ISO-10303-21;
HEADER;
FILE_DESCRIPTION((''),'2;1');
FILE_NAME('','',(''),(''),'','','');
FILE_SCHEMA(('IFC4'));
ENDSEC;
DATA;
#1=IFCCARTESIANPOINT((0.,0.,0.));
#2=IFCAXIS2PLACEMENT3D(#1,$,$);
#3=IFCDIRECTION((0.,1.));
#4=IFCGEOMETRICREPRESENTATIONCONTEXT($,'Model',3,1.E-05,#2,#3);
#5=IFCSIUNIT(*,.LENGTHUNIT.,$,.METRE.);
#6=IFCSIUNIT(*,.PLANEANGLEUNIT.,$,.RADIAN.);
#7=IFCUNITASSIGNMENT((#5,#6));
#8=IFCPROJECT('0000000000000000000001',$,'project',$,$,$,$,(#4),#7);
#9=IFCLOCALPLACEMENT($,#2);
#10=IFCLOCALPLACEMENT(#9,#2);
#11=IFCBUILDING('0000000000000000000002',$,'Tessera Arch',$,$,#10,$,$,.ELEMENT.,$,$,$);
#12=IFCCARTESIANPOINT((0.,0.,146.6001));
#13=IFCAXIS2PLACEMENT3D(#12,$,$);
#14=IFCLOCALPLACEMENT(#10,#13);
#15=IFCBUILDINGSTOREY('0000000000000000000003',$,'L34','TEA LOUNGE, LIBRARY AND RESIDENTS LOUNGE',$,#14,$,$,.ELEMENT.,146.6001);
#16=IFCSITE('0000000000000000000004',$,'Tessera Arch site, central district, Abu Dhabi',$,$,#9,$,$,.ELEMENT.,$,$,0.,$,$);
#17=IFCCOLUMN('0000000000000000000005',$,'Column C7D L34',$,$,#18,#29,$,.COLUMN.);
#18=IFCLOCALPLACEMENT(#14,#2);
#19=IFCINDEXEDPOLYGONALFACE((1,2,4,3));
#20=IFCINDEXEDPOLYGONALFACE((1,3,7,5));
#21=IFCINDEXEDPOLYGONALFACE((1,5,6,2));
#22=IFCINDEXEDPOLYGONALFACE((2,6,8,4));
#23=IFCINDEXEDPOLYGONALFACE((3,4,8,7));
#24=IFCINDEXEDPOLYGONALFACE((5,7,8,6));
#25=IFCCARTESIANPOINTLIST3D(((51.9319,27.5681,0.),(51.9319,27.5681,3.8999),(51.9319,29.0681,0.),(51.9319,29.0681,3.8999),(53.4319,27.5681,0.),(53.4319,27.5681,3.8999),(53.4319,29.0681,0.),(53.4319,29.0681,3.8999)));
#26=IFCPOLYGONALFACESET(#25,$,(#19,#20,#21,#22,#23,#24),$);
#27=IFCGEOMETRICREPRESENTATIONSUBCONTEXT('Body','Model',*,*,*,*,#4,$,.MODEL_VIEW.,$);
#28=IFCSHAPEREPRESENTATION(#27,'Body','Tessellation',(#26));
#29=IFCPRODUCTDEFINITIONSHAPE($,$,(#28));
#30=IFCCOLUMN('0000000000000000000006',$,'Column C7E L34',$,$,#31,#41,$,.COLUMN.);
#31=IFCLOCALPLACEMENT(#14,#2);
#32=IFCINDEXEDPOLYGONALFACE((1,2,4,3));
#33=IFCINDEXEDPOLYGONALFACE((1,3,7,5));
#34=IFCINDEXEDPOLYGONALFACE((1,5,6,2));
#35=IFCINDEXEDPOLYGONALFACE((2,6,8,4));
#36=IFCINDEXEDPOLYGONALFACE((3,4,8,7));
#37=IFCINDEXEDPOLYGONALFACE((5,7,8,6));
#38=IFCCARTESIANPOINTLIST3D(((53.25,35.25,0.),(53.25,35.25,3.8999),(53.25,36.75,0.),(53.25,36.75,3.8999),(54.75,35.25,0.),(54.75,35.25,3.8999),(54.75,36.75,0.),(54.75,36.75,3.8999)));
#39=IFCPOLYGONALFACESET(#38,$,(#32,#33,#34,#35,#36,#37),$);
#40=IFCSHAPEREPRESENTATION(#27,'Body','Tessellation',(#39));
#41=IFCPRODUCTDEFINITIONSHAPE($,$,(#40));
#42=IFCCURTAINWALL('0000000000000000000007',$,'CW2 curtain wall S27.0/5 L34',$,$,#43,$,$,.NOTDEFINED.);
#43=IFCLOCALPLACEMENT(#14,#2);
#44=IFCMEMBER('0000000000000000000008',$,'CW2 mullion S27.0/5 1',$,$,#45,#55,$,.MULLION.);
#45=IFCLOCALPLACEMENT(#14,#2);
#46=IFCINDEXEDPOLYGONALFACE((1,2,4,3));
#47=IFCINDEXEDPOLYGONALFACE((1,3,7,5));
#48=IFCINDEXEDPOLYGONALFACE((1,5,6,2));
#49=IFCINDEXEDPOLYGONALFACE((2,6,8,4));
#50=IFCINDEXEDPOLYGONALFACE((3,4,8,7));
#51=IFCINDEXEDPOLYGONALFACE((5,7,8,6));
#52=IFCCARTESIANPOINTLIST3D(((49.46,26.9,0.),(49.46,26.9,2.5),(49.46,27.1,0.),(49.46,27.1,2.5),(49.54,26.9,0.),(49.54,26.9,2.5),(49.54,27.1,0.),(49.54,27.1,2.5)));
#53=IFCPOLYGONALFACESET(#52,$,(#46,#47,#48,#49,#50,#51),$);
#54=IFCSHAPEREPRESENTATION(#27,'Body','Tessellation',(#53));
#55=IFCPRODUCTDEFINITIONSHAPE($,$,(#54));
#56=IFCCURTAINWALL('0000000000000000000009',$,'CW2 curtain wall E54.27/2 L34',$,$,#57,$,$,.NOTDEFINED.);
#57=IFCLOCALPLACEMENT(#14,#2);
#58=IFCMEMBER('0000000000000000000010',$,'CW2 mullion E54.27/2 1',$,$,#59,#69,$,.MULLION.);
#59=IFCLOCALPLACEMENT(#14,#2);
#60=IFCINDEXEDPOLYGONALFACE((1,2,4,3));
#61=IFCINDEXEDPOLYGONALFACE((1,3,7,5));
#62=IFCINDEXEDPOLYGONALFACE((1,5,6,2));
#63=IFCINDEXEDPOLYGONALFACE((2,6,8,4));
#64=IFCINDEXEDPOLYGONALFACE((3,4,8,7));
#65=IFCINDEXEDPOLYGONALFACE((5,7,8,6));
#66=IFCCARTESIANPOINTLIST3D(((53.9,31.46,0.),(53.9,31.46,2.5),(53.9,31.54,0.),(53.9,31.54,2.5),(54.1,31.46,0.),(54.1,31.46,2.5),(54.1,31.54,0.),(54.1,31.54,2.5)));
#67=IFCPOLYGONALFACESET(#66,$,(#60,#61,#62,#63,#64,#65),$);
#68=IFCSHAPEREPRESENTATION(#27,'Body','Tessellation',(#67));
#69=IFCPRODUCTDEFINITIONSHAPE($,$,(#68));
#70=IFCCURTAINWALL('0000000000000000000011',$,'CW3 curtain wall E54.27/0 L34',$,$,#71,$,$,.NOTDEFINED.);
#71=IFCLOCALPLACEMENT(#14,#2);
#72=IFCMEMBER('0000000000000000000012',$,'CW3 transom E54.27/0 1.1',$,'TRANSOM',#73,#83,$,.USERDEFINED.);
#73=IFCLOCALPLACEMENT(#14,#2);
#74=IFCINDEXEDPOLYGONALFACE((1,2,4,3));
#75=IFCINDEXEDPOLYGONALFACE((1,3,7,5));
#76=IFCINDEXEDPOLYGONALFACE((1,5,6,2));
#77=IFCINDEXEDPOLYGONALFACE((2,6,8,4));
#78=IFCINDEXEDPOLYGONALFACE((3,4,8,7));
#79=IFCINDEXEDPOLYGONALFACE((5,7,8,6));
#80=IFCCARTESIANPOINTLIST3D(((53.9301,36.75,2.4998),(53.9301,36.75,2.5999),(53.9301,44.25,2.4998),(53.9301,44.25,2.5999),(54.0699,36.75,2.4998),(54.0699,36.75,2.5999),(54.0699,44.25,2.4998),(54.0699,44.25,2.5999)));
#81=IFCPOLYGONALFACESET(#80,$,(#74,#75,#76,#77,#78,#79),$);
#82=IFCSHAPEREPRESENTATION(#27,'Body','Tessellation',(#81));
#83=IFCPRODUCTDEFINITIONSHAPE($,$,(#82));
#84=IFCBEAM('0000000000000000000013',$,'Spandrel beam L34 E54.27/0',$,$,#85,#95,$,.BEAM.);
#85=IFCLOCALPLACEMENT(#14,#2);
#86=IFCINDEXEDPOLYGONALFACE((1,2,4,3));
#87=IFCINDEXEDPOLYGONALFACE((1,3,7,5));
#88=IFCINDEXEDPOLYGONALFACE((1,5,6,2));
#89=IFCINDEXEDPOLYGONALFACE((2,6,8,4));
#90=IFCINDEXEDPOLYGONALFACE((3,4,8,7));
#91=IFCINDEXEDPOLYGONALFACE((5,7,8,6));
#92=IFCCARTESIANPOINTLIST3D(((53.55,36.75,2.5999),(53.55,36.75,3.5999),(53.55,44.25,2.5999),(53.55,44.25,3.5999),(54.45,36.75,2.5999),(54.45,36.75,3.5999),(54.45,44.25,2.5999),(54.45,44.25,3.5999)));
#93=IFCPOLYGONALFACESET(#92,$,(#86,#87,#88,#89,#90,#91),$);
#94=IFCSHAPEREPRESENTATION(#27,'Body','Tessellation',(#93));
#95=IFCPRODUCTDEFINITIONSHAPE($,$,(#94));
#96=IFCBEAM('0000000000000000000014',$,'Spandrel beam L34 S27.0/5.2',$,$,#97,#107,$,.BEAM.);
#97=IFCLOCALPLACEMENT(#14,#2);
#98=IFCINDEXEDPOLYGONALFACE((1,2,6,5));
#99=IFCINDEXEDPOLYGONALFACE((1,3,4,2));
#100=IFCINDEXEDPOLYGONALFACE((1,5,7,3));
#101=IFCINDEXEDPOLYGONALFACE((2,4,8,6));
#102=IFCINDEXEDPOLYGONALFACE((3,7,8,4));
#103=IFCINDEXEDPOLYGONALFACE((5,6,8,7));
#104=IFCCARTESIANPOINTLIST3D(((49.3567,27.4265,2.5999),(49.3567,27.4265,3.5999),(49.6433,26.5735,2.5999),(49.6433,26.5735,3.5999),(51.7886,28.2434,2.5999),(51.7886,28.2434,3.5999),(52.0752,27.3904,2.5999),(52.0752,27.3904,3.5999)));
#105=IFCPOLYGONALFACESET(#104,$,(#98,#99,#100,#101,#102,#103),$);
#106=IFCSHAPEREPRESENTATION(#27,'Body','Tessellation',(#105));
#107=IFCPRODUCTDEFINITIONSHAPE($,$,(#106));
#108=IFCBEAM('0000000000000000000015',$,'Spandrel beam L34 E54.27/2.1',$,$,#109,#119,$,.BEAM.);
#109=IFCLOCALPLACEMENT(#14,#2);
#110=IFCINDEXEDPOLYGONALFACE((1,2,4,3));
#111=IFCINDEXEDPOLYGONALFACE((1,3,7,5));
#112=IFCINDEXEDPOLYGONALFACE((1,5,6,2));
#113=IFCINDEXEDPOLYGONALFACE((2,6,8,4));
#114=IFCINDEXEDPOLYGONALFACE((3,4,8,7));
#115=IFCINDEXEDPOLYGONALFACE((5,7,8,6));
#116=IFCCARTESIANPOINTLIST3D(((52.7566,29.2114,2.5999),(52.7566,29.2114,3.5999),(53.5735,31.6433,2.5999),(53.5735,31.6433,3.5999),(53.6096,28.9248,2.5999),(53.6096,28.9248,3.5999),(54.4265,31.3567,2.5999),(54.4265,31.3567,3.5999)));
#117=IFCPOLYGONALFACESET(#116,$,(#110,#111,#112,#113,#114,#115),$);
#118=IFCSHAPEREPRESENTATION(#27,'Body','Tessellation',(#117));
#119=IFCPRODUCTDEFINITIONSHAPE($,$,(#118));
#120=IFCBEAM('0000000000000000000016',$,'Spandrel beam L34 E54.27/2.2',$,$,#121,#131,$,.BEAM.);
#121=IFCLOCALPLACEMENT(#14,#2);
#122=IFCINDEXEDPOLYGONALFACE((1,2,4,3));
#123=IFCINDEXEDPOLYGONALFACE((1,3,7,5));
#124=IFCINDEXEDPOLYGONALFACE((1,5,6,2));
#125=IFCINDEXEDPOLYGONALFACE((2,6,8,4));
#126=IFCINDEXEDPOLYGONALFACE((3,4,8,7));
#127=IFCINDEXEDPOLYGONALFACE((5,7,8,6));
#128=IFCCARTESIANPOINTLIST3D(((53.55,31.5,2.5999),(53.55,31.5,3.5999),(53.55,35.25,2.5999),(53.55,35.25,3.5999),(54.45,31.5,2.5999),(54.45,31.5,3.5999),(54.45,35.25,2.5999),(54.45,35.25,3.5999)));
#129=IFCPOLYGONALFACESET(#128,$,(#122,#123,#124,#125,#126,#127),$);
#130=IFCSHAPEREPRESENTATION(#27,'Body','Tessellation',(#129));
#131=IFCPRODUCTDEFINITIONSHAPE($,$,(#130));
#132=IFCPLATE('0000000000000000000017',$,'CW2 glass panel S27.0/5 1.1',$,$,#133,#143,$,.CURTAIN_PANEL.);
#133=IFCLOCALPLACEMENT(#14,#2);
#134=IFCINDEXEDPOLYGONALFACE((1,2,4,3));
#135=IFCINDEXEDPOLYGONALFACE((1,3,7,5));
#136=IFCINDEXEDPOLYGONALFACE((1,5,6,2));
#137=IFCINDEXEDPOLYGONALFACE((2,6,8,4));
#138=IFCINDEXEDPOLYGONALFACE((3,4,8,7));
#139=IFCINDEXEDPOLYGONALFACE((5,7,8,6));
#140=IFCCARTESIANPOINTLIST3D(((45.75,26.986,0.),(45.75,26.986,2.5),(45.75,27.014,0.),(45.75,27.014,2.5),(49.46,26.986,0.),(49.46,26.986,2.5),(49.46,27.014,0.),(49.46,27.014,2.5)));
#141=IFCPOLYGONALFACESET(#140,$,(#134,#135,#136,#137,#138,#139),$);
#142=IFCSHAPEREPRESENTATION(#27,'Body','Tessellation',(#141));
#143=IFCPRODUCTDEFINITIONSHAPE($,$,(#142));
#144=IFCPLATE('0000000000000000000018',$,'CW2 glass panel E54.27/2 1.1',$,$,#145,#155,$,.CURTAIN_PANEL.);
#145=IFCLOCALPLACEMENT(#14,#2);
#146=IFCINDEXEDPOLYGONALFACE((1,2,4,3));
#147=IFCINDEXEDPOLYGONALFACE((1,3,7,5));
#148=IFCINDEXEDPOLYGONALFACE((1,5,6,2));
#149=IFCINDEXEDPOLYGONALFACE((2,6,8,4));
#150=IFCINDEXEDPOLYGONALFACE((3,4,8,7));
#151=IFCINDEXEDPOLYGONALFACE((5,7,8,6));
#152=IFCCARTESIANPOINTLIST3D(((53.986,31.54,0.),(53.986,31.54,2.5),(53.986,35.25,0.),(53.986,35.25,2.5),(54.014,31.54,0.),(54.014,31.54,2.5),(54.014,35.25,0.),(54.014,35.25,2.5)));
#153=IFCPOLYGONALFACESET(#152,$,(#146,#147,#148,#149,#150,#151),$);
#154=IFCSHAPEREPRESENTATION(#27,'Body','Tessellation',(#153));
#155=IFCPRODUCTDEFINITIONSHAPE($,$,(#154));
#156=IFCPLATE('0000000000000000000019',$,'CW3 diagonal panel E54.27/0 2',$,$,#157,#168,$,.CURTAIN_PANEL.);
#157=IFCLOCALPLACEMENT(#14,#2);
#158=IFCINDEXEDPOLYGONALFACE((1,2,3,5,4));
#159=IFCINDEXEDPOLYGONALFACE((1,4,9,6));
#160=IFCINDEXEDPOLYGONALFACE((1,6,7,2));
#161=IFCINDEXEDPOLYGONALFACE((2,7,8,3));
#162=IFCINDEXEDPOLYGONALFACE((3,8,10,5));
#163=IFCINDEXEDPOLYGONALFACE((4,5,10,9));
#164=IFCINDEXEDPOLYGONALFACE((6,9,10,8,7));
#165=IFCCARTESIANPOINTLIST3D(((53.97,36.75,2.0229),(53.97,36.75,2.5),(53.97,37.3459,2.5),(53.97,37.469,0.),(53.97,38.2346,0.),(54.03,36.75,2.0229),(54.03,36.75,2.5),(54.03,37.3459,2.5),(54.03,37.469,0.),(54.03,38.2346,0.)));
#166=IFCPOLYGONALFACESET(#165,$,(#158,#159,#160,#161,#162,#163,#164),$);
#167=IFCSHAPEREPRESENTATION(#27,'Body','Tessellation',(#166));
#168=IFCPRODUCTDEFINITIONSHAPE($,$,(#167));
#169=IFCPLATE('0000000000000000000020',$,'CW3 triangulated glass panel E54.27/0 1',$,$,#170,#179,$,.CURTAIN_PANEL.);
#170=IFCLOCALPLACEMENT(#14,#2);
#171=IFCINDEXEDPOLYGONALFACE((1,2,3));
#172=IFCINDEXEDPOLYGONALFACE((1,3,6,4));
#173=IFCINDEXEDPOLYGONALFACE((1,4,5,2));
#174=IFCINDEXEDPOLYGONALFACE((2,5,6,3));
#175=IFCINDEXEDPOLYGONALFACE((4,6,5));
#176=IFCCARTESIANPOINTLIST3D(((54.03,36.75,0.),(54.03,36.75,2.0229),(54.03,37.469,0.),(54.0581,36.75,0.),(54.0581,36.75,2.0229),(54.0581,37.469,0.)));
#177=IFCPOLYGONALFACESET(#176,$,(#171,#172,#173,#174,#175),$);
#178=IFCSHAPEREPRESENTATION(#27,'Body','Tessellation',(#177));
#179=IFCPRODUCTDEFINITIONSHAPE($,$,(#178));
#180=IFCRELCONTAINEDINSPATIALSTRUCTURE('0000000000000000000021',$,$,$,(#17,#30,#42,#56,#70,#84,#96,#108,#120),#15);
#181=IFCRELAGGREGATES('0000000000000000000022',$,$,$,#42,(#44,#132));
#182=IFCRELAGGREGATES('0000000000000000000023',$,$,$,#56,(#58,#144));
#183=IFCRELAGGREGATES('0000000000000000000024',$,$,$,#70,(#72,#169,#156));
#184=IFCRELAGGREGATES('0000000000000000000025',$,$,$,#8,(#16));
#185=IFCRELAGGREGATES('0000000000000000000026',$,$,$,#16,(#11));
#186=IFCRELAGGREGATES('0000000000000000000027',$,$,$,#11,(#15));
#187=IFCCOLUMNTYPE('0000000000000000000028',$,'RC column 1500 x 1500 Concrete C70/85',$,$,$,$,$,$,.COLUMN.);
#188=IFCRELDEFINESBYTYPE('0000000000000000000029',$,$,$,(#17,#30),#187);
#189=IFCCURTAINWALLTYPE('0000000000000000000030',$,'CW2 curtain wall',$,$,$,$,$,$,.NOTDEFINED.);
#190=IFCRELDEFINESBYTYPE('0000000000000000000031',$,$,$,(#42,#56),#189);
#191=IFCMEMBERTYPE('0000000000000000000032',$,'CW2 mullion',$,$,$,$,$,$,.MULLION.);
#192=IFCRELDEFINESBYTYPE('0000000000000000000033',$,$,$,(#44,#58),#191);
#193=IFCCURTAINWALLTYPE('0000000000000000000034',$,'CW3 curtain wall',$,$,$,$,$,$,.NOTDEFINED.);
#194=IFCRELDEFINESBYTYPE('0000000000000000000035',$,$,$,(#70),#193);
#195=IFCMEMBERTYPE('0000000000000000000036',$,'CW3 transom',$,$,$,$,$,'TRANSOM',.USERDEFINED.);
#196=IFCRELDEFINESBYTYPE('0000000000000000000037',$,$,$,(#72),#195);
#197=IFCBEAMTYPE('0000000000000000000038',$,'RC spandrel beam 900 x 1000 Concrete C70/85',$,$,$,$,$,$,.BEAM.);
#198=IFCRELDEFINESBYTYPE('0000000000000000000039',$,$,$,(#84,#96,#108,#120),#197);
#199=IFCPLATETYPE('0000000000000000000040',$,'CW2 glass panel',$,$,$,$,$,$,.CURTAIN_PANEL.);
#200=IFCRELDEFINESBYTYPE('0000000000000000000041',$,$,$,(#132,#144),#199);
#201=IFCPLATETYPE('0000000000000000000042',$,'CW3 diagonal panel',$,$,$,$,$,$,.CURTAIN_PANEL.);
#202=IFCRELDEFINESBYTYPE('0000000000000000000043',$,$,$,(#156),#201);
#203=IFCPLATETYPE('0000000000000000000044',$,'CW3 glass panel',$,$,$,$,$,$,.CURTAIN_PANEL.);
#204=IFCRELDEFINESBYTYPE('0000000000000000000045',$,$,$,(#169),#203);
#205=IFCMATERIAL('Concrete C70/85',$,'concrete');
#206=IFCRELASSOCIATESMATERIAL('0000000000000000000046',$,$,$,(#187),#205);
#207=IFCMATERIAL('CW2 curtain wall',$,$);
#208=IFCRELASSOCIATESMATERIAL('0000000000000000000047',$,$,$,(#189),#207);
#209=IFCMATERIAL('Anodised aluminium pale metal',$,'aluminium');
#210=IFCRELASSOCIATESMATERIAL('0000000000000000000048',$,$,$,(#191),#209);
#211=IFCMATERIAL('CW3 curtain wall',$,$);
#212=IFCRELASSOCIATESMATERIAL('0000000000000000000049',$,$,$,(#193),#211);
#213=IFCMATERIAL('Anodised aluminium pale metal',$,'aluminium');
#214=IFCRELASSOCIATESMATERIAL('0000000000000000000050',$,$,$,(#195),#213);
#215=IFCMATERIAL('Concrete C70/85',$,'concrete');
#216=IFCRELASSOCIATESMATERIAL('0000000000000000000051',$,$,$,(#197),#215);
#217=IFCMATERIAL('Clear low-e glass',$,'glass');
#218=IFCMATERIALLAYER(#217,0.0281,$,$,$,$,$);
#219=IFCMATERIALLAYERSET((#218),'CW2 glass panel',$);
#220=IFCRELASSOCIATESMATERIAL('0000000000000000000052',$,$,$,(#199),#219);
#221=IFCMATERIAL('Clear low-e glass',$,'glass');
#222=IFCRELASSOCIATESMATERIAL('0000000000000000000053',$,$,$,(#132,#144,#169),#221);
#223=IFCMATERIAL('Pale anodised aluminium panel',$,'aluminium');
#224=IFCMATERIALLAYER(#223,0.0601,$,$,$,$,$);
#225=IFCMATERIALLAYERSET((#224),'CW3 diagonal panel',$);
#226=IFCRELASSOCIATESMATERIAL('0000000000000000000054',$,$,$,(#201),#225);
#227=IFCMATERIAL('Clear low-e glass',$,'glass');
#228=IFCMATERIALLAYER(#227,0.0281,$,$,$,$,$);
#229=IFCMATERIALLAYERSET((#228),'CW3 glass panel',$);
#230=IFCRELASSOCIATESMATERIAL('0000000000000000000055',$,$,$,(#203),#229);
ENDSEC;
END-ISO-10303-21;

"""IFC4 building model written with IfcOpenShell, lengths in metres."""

from ifc_helpers import new_model, si_unit, direction, frame, origin, origin_2d, place, context, subcontext, project, spatial, polyline, rectangle, outline, extrude, material, layer, layer_set, material_profile, profile_set, type_object, element, aggregate, save


model = new_model("IFC4")

# Units and contexts
model_context = context("Model", 3, precision=1e-05, world=origin(), true_north=direction((0.0, 1.0)))
body_context = subcontext(model_context, "Body", "Model", "MODEL_VIEW")
ifc_project = project(units=[si_unit("LENGTHUNIT", "METRE"), si_unit("PLANEANGLEUNIT", "RADIAN")], contexts=[model_context])

# Site, building, storey
site_placement = place(None, origin())
site = spatial("IfcSite", under=ifc_project, at=site_placement, Name="Tessera Arch site, central district, Abu Dhabi", CompositionType="ELEMENT", RefElevation=0.0)
building_placement = place(site_placement, origin())
building = spatial("IfcBuilding", under=site, at=building_placement, Name="Tessera Arch", CompositionType="ELEMENT")
storey_placement = place(building_placement, frame((0.0, 0.0, 146.6001)))
storey = spatial("IfcBuildingStorey", under=building, at=storey_placement, Name="L34", Description="TEA LOUNGE, LIBRARY AND RESIDENTS LOUNGE", CompositionType="ELEMENT", Elevation=146.6001)

# Columns
ifc_material_1 = material(Name="Concrete C70/85", Category="concrete")
ifc_material_profile_1 = material_profile(ifc_material_1, rectangle(XDim=1.5, YDim=1.5, at=origin_2d()), Name="RC column 1500 x 1500 Concrete C70/85")
ifc_profile_set_1 = profile_set([ifc_material_profile_1], Name="Concrete C70/85")
column_type = type_object("IfcColumnType", Name="RC column 1500 x 1500 Concrete C70/85", PredefinedType="COLUMN", material=ifc_profile_set_1)
for number, where, z_axis, x_axis, name in (
    (1, (52.6819, 28.3181, 0.0), (0.0, 0.0, 1.0), (1.0, 0.0, 0.0), "Column C7D L34"),
    (2, (54.0, 36.0, 0.0), (0.0, 0.0, 1.0), (1.0, 0.0, 0.0), "Column C7E L34"),
):
    element("IfcColumn", number, at=place(storey_placement, frame(where, z_axis=z_axis, x_axis=x_axis)), inside=storey, type_object=column_type, Name=name, PredefinedType="COLUMN", context=body_context, shape_type="SweptSolid", body=[
        extrude(rectangle(XDim=1.5, YDim=1.5, at=origin_2d()), origin(), (0.0, 0.0, 1.0), 3.8999),
    ])

# Curtain walls, members
ifc_material_2 = material(Name="CW2 curtain wall")
curtain_wall_type_1 = type_object("IfcCurtainWallType", Name="CW2 curtain wall", PredefinedType="NOTDEFINED", material=ifc_material_2)
curtain_wall_1_placement = place(storey_placement, origin())
curtain_wall_1 = element("IfcCurtainWall", 3, at=curtain_wall_1_placement, inside=storey, type_object=curtain_wall_type_1, Name="CW2 curtain wall S27.0/5 L34", PredefinedType="NOTDEFINED")
ifc_material_3 = material(Name="Anodised aluminium pale metal", Category="aluminium")
ifc_material_profile_2 = material_profile(ifc_material_3, rectangle(XDim=0.2, YDim=0.0801, at=origin_2d()), Name="AL 80x200")
ifc_profile_set_2 = profile_set([ifc_material_profile_2], Name="Anodised aluminium pale metal")
member_type_1 = type_object("IfcMemberType", Name="CW2 mullion", PredefinedType="MULLION", material=ifc_profile_set_2)
member_1_placement = place(storey_placement, frame((49.5, 27.0, 0.0), z_axis=(0.0, 0.0, 1.0), x_axis=(0.0, 1.0, 0.0)))
member_1 = element("IfcMember", 4, at=member_1_placement, type_object=member_type_1, Name="CW2 mullion S27.0/5 1", PredefinedType="MULLION", context=body_context, shape_type="SweptSolid", body=[
    extrude(rectangle(XDim=0.2, YDim=0.0801, at=origin_2d()), origin(), (0.0, 0.0, 1.0), 2.5),
])
curtain_wall_2_placement = place(storey_placement, origin())
curtain_wall_2 = element("IfcCurtainWall", 5, at=curtain_wall_2_placement, inside=storey, type_object=curtain_wall_type_1, Name="CW2 curtain wall E54.27/2 L34", PredefinedType="NOTDEFINED")
member_2_placement = place(storey_placement, frame((54.0, 31.5, 0.0), z_axis=(0.0, 0.0, 1.0), x_axis=(-1.0, 0.0, 0.0)))
member_2 = element("IfcMember", 6, at=member_2_placement, type_object=member_type_1, Name="CW2 mullion E54.27/2 1", PredefinedType="MULLION", context=body_context, shape_type="SweptSolid", body=[
    extrude(rectangle(XDim=0.2, YDim=0.0801, at=origin_2d()), origin(), (0.0, 0.0, 1.0), 2.5),
])
ifc_material_4 = material(Name="CW3 curtain wall")
curtain_wall_type_2 = type_object("IfcCurtainWallType", Name="CW3 curtain wall", PredefinedType="NOTDEFINED", material=ifc_material_4)
curtain_wall_3_placement = place(storey_placement, origin())
curtain_wall_3 = element("IfcCurtainWall", 7, at=curtain_wall_3_placement, inside=storey, type_object=curtain_wall_type_2, Name="CW3 curtain wall E54.27/0 L34", PredefinedType="NOTDEFINED")
ifc_material_5 = material(Name="Anodised aluminium pale metal", Category="aluminium")
ifc_material_profile_3 = material_profile(ifc_material_5, rectangle(XDim=0.1399, YDim=0.1001, at=origin_2d()), Name="AL 140x100")
ifc_profile_set_3 = profile_set([ifc_material_profile_3], Name="Anodised aluminium pale metal")
member_type_2 = type_object("IfcMemberType", Name="CW3 transom", ElementType="TRANSOM", PredefinedType="USERDEFINED", material=ifc_profile_set_3)
member_3_placement = place(storey_placement, frame((54.0, 36.75, 2.5498), z_axis=(0.0, 1.0, 0.0), x_axis=(-1.0, 0.0, 0.0)))
member_3 = element("IfcMember", 8, at=member_3_placement, type_object=member_type_2, Name="CW3 transom E54.27/0 1.1", ObjectType="TRANSOM", PredefinedType="USERDEFINED", context=body_context, shape_type="SweptSolid", body=[
    extrude(rectangle(XDim=0.1399, YDim=0.1001, at=origin_2d()), origin(), (0.0, 0.0, 1.0), 7.5),
])

# Beams
ifc_material_6 = material(Name="Concrete C70/85", Category="concrete")
ifc_material_profile_4 = material_profile(ifc_material_6, rectangle(XDim=0.8999, YDim=1.0, at=origin_2d()), Name="RC spandrel beam 900 x 1000 Concrete C70/85")
ifc_profile_set_4 = profile_set([ifc_material_profile_4], Name="Concrete C70/85")
beam_type = type_object("IfcBeamType", Name="RC spandrel beam 900 x 1000 Concrete C70/85", PredefinedType="BEAM", material=ifc_profile_set_4)
beam_1_placement = place(storey_placement, frame((54.0, 36.75, 3.0999), z_axis=(0.0, 1.0, 0.0), x_axis=(-1.0, 0.0, 0.0)))
element("IfcBeam", 9, at=beam_1_placement, inside=storey, type_object=beam_type, Name="Spandrel beam L34 E54.27/0", PredefinedType="BEAM", context=body_context, shape_type="SweptSolid", body=[
    extrude(rectangle(XDim=0.8999, YDim=1.0, at=origin_2d()), origin(), (0.0, 0.0, 1.0), 7.5),
])
for number, where, z_axis, x_axis, name in (
    (10, (49.5, 27.0, 3.0999), (0.947948, 0.318425, 0.0), (-0.318425, 0.947948, 0.0), "Spandrel beam L34 S27.0/5.2"),
    (11, (53.1831, 29.0681, 3.0999), (0.318425, 0.947948, 0.0), (-0.947948, 0.318425, 0.0), "Spandrel beam L34 E54.27/2.1"),
):
    element("IfcBeam", number, at=place(storey_placement, frame(where, z_axis=z_axis, x_axis=x_axis)), inside=storey, type_object=beam_type, Name=name, PredefinedType="BEAM", context=body_context, shape_type="SweptSolid", body=[
        extrude(rectangle(XDim=0.8999, YDim=1.0, at=origin_2d()), origin(), (0.0, 0.0, 1.0), 2.5654),
    ])
beam_2_placement = place(storey_placement, frame((54.0, 31.5, 3.0999), z_axis=(0.0, 1.0, 0.0), x_axis=(-1.0, 0.0, 0.0)))
element("IfcBeam", 12, at=beam_2_placement, inside=storey, type_object=beam_type, Name="Spandrel beam L34 E54.27/2.2", PredefinedType="BEAM", context=body_context, shape_type="SweptSolid", body=[
    extrude(rectangle(XDim=0.8999, YDim=1.0, at=origin_2d()), origin(), (0.0, 0.0, 1.0), 3.75),
])

# Plates
ifc_material_7 = material(Name="Clear low-e glass", Category="glass")
ifc_material_8 = material(Name="Clear low-e glass", Category="glass")
ifc_layer_1 = layer(ifc_material_8, 0.0281)
ifc_layer_set_1 = layer_set([ifc_layer_1], Name="CW2 glass panel")
plate_type_1 = type_object("IfcPlateType", Name="CW2 glass panel", PredefinedType="CURTAIN_PANEL", material=ifc_layer_set_1)
plate_1_placement = place(storey_placement, frame((47.605, 27.0, 0.0), z_axis=(0.0, 0.0, 1.0), x_axis=(1.0, 0.0, 0.0)))
plate_1 = element("IfcPlate", 13, at=plate_1_placement, type_object=plate_type_1, material=ifc_material_7, Name="CW2 glass panel S27.0/5 1.1", PredefinedType="CURTAIN_PANEL", context=body_context, shape_type="SweptSolid", body=[
    extrude(rectangle(XDim=3.71, YDim=0.0281, at=origin_2d()), origin(), (0.0, 0.0, 1.0), 2.5),
])
aggregate(curtain_wall_1, [member_1, plate_1])
plate_2_placement = place(storey_placement, frame((54.0, 33.395, 0.0), z_axis=(0.0, 0.0, 1.0), x_axis=(0.0, 1.0, 0.0)))
plate_2 = element("IfcPlate", 14, at=plate_2_placement, type_object=plate_type_1, material=ifc_material_7, Name="CW2 glass panel E54.27/2 1.1", PredefinedType="CURTAIN_PANEL", context=body_context, shape_type="SweptSolid", body=[
    extrude(rectangle(XDim=3.71, YDim=0.0281, at=origin_2d()), origin(), (0.0, 0.0, 1.0), 2.5),
])
aggregate(curtain_wall_2, [member_2, plate_2])
ifc_material_9 = material(Name="Pale anodised aluminium panel", Category="aluminium")
ifc_layer_2 = layer(ifc_material_9, 0.0601)
ifc_layer_set_2 = layer_set([ifc_layer_2], Name="CW3 diagonal panel")
plate_type_2 = type_object("IfcPlateType", Name="CW3 diagonal panel", PredefinedType="CURTAIN_PANEL", material=ifc_layer_set_2)
plate_3_placement = place(storey_placement, frame((54.03, 36.75, 2.5), z_axis=(1.0, 0.0, 0.0), x_axis=(0.0, 0.0, -1.0)))
plate_3 = element("IfcPlate", 15, at=plate_3_placement, type_object=plate_type_2, Name="CW3 diagonal panel E54.27/0 2", PredefinedType="CURTAIN_PANEL", context=body_context, shape_type="SweptSolid", body=[
    extrude(outline(polyline([(0.0, 0.0), (0.4771, 0.0), (2.5, 0.719), (2.5, 1.4846), (0.0, 0.5959), (0.0, 0.0)])), origin(), (0.0, 0.0, -1.0), 0.0601),
])
ifc_material_10 = material(Name="Clear low-e glass", Category="glass")
ifc_layer_3 = layer(ifc_material_10, 0.0281)
ifc_layer_set_3 = layer_set([ifc_layer_3], Name="CW3 glass panel")
plate_type_3 = type_object("IfcPlateType", Name="CW3 glass panel", PredefinedType="CURTAIN_PANEL", material=ifc_layer_set_3)
plate_4_placement = place(storey_placement, frame((54.0581, 36.75, 0.0), z_axis=(1.0, 0.0, 0.0), x_axis=(0.0, 1.0, 0.0)))
plate_4 = element("IfcPlate", 16, at=plate_4_placement, type_object=plate_type_3, material=ifc_material_7, Name="CW3 triangulated glass panel E54.27/0 1", PredefinedType="CURTAIN_PANEL", context=body_context, shape_type="SweptSolid", body=[
    extrude(outline(polyline([(0.0, 0.0), (0.719, 0.0), (0.0, 2.0229), (0.0, 0.0)])), origin(), (0.0, 0.0, -1.0), 0.0281),
])
aggregate(curtain_wall_3, [member_3, plate_4, plate_3])

save(model, "model.ifc")
